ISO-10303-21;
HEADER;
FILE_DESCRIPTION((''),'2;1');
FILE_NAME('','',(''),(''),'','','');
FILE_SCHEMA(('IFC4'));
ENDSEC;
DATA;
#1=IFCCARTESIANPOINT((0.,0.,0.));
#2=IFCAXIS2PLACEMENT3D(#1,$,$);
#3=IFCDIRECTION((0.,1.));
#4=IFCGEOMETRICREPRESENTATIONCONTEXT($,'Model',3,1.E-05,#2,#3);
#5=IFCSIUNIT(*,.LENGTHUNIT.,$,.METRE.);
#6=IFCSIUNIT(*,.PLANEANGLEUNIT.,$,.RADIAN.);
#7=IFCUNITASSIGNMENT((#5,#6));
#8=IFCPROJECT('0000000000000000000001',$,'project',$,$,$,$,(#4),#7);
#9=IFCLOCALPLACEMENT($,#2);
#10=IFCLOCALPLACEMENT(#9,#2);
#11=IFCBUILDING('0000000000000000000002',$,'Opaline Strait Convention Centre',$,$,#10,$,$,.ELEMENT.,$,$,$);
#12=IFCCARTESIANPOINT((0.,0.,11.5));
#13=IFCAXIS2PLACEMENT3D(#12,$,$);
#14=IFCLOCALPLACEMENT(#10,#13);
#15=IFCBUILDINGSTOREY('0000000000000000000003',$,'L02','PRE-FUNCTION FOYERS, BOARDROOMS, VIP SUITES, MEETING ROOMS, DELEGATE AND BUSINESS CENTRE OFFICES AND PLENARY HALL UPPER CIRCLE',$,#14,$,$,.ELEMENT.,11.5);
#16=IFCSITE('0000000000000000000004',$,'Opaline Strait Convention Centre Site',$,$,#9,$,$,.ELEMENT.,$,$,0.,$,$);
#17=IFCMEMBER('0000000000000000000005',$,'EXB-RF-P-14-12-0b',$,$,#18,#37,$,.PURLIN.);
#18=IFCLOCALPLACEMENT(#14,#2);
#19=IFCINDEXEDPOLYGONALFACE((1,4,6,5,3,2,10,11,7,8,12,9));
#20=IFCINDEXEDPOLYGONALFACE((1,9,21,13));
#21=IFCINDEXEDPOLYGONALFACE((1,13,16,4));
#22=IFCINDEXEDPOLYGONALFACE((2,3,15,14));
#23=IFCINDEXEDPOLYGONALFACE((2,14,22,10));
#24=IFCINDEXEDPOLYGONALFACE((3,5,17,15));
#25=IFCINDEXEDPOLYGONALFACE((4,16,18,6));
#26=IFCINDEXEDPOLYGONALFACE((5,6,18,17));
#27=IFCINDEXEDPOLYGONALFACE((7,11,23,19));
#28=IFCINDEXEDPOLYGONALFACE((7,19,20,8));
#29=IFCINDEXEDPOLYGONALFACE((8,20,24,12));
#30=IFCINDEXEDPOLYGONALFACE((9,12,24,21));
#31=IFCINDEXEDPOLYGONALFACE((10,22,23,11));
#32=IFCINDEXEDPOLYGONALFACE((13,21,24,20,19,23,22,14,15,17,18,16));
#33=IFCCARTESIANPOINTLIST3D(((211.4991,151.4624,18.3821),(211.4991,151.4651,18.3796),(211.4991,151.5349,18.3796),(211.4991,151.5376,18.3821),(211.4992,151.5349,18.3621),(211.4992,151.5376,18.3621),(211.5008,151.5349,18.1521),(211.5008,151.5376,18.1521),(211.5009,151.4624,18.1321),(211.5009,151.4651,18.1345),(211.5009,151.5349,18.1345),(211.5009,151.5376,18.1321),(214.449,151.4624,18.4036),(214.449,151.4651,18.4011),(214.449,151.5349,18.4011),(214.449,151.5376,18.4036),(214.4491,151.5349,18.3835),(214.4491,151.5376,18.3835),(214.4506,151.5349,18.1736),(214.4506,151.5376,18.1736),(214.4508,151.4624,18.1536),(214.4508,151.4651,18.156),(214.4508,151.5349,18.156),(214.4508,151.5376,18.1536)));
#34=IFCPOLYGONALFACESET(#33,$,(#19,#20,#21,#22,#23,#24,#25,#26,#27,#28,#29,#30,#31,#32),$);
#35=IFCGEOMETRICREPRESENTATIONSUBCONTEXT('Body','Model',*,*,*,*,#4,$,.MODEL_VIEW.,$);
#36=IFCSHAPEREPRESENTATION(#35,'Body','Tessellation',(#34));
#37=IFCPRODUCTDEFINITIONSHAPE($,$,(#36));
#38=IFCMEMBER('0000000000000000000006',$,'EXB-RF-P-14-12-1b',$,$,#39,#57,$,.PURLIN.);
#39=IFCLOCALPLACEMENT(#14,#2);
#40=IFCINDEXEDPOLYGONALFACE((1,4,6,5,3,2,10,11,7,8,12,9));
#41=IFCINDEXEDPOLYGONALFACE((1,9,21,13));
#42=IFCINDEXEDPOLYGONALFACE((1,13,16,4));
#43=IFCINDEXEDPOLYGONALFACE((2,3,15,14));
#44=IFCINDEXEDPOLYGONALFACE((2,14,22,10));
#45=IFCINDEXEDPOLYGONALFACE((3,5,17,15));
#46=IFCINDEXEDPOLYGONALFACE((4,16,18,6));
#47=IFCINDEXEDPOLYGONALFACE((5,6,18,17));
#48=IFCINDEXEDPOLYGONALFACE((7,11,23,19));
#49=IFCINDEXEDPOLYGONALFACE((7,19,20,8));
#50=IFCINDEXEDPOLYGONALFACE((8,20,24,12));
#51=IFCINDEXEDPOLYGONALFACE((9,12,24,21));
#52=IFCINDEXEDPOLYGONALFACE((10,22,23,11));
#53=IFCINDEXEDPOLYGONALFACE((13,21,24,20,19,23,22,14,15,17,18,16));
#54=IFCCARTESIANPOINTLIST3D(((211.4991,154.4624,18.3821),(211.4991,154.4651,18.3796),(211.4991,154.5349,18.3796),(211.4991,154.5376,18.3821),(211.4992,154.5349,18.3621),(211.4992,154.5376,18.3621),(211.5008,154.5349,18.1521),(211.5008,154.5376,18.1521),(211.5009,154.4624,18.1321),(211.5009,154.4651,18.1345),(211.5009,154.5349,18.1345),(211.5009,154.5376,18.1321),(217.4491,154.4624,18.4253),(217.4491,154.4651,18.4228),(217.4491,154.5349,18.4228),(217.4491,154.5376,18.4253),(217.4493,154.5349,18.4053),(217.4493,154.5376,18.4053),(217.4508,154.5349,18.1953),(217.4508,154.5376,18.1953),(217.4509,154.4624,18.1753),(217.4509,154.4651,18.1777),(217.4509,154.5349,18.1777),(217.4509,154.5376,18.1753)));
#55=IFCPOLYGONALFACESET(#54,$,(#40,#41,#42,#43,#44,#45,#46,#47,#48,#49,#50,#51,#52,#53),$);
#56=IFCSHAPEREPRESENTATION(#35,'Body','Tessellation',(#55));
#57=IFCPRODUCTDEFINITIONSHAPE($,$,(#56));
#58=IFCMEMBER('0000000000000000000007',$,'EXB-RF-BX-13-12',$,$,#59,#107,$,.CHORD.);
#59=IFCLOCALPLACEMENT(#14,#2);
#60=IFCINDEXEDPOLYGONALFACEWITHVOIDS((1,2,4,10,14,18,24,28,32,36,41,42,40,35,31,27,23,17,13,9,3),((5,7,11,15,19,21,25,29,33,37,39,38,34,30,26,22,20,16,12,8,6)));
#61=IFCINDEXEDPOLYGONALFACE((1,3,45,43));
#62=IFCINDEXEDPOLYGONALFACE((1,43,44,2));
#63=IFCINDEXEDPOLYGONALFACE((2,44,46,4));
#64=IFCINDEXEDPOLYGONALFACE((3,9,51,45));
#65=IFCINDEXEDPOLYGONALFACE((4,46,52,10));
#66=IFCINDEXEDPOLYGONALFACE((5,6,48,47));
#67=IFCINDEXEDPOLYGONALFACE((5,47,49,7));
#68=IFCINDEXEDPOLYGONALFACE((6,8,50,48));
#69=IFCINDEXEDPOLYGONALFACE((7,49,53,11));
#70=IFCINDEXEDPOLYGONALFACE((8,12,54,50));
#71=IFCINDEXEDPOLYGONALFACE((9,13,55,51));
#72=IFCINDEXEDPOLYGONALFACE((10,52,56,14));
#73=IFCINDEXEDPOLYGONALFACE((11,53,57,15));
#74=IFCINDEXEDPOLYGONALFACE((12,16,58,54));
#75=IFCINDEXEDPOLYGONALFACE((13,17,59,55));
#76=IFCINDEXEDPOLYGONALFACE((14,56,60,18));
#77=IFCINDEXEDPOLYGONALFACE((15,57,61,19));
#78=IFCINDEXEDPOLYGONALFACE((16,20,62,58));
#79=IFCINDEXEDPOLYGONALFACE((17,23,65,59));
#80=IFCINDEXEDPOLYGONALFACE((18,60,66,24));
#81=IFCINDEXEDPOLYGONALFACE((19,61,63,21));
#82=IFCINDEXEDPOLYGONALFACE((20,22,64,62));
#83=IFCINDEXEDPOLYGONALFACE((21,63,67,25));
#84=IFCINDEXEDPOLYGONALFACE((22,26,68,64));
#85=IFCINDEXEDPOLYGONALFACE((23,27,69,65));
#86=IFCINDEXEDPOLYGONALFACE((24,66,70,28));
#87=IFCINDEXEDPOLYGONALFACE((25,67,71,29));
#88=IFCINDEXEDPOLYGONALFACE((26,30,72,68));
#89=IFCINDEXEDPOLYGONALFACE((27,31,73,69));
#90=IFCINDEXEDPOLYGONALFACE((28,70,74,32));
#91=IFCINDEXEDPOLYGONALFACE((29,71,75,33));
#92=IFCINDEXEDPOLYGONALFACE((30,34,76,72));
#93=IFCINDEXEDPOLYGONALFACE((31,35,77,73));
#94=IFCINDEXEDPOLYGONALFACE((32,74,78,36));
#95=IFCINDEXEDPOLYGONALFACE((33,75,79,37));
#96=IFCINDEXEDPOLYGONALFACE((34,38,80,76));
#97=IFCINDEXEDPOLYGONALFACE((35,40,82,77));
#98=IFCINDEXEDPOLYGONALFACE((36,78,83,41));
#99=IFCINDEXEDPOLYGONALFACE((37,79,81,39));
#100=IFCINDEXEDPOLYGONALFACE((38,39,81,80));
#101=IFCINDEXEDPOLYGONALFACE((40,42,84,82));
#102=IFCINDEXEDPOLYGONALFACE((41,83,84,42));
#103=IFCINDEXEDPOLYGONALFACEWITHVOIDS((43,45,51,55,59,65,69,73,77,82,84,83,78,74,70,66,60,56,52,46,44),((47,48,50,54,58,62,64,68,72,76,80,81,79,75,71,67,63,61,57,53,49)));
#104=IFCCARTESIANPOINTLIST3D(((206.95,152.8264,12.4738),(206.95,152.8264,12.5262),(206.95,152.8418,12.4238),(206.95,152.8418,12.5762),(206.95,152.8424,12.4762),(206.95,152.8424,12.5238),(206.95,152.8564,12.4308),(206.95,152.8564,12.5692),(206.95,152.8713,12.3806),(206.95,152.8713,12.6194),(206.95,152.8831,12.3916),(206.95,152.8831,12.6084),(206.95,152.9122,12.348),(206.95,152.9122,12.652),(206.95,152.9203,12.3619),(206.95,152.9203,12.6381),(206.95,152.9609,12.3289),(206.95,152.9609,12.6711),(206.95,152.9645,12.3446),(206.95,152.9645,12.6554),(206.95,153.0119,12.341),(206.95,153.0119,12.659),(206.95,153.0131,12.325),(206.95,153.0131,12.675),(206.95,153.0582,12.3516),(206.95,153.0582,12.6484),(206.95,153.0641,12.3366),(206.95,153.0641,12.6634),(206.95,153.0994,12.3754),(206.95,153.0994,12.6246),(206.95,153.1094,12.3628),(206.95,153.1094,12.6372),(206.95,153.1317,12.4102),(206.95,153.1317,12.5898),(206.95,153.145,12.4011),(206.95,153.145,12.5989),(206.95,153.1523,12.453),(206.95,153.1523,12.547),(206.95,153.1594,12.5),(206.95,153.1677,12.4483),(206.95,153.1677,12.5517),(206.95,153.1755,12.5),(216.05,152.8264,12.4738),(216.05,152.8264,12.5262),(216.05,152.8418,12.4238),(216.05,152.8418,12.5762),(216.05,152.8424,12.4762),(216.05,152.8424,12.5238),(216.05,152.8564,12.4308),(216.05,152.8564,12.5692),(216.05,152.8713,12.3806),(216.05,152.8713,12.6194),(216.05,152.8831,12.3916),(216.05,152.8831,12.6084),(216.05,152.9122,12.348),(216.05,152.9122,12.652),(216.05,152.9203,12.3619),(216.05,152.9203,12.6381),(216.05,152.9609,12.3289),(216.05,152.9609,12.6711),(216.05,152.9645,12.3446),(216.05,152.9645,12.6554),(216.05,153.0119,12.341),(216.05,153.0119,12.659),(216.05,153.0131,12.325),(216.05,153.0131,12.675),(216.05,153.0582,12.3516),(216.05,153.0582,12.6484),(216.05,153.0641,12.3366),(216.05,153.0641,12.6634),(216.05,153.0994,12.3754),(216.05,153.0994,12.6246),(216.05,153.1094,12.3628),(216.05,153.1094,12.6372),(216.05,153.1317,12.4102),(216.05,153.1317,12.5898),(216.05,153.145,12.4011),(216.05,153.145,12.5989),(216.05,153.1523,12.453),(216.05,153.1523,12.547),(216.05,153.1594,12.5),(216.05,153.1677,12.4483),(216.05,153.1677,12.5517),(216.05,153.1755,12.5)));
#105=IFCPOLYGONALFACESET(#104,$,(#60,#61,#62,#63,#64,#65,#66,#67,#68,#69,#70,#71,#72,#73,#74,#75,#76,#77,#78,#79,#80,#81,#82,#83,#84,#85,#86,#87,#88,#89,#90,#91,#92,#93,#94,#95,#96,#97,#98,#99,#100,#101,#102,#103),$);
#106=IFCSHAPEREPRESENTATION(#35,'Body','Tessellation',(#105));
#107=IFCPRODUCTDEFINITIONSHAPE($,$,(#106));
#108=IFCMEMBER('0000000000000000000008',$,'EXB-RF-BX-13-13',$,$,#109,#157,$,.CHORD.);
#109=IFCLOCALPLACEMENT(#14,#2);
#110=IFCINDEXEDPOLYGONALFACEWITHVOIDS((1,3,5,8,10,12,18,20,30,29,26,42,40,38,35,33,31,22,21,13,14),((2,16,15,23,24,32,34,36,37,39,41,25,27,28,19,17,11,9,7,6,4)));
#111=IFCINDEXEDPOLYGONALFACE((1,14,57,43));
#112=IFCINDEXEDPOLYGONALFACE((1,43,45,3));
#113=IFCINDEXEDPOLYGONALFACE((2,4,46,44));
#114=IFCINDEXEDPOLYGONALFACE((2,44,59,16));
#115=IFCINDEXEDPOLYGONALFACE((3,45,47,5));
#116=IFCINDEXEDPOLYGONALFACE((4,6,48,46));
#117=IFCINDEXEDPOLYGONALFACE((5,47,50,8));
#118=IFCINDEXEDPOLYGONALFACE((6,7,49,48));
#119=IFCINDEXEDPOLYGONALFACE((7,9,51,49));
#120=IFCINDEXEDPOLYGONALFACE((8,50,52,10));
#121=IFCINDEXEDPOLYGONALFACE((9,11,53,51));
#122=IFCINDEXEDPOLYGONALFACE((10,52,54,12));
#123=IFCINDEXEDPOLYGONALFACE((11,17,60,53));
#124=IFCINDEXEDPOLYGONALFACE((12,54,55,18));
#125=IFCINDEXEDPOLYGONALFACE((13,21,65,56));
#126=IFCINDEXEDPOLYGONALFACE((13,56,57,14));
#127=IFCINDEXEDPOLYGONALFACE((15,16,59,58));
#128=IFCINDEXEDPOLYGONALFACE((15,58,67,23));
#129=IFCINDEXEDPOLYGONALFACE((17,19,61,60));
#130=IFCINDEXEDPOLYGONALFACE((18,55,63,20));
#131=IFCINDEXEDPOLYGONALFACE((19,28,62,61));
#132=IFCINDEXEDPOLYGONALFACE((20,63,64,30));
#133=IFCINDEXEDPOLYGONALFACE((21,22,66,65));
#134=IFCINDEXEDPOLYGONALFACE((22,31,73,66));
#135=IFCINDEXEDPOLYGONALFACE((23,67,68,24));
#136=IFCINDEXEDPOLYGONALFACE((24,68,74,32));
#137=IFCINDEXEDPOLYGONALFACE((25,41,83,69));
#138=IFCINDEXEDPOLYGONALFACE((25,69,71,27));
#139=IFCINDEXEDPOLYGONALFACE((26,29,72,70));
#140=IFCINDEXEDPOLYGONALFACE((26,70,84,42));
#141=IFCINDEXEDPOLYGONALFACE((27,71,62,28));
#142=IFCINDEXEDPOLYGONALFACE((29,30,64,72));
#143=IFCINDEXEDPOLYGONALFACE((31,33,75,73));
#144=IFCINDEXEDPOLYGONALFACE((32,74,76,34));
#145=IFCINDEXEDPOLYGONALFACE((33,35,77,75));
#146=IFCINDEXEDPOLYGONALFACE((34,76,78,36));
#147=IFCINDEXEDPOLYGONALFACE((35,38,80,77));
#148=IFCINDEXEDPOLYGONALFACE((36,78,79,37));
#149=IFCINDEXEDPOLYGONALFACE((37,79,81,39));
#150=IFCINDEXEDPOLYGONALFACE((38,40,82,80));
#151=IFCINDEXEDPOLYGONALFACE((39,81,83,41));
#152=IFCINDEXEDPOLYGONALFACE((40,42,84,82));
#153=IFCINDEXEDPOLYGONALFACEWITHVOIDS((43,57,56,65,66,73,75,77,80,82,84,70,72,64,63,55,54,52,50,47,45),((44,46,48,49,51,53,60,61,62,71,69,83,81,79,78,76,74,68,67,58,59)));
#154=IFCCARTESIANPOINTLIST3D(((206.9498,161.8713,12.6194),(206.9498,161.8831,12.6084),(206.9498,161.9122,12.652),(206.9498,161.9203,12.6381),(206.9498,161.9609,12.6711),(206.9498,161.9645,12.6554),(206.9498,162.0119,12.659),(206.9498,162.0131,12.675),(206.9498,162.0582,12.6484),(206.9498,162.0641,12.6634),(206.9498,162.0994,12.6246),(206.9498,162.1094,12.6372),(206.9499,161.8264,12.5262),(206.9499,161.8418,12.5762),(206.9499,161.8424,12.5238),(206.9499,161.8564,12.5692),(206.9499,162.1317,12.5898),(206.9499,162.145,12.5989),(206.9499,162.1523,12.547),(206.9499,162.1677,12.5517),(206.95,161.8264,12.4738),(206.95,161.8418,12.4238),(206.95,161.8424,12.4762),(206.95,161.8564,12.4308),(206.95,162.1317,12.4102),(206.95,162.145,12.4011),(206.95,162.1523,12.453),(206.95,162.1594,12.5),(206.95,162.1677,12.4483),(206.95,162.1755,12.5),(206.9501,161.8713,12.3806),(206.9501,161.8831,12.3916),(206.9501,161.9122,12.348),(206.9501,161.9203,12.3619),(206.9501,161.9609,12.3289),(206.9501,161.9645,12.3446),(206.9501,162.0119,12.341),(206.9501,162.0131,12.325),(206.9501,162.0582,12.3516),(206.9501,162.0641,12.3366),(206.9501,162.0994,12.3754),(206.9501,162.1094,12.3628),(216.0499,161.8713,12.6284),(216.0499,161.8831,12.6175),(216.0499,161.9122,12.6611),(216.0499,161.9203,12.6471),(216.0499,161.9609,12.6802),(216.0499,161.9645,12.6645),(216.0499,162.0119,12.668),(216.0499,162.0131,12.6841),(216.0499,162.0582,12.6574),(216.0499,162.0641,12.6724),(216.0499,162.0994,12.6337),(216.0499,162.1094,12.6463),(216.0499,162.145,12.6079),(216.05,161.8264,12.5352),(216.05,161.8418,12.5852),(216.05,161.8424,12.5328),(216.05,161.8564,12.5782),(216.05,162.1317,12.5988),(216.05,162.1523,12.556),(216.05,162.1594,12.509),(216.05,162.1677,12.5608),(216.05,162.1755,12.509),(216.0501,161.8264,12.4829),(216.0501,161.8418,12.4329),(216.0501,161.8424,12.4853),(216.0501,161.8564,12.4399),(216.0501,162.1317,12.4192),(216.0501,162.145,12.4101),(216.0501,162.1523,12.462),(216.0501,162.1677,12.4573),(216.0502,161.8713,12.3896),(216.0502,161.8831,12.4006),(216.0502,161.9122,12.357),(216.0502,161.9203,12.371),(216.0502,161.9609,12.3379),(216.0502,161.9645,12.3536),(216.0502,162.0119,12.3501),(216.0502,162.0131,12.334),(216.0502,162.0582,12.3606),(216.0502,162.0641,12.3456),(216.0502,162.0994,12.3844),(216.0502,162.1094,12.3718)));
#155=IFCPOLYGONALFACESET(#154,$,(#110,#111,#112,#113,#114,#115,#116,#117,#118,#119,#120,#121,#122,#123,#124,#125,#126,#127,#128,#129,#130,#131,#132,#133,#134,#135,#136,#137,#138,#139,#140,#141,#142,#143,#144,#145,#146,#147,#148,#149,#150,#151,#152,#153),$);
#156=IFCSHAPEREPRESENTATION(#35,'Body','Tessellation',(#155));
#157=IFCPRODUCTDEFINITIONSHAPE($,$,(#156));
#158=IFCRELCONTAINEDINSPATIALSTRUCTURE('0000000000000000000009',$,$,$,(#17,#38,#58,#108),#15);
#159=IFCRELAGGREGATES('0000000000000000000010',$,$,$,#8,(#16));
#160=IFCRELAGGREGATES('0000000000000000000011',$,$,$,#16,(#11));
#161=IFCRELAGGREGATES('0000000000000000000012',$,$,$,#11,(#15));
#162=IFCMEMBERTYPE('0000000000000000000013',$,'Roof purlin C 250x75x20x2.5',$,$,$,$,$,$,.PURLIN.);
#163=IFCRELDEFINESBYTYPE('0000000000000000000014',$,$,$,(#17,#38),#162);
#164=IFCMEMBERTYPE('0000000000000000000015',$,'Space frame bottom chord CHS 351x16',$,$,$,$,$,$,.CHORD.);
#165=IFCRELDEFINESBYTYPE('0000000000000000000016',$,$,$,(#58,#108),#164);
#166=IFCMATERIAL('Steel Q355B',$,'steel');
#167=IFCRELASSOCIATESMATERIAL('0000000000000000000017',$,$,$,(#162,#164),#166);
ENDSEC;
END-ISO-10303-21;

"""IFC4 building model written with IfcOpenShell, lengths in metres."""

from ifc_helpers import new_model, si_unit, direction, frame, origin, origin_2d, place, context, subcontext, project, spatial, polyline, hollow_circle, outline, extrude, material, material_profile, profile_set, type_object, element, save


model = new_model("IFC4")

# Units and contexts
model_context = context("Model", 3, precision=1e-05, world=origin(), true_north=direction((0.0, 1.0)))
body_context = subcontext(model_context, "Body", "Model", "MODEL_VIEW")
ifc_project = project(units=[si_unit("LENGTHUNIT", "METRE"), si_unit("PLANEANGLEUNIT", "RADIAN")], contexts=[model_context])

# Site, building, storey
site_placement = place(None, origin())
site = spatial("IfcSite", under=ifc_project, at=site_placement, Name="Opaline Strait Convention Centre Site", CompositionType="ELEMENT", RefElevation=0.0)
building_placement = place(site_placement, origin())
building = spatial("IfcBuilding", under=site, at=building_placement, Name="Opaline Strait Convention Centre", CompositionType="ELEMENT")
storey_placement = place(building_placement, frame((0.0, 0.0, 11.5)))
storey = spatial("IfcBuildingStorey", under=building, at=storey_placement, Name="L02", Description="PRE-FUNCTION FOYERS, BOARDROOMS, VIP SUITES, MEETING ROOMS, DELEGATE AND BUSINESS CENTRE OFFICES AND PLENARY HALL UPPER CIRCLE", CompositionType="ELEMENT", Elevation=11.5)

# Members
ifc_material_1 = material(Name="Steel Q355B", Category="steel")
ifc_material_profile_1 = material_profile(ifc_material_1, outline(polyline([(-0.0376, -0.125), (0.0376, -0.125), (0.0376, -0.105), (0.0349, -0.105), (0.0349, -0.1226), (-0.0349, -0.1226), (-0.0349, 0.1226), (0.0349, 0.1226), (0.0349, 0.105), (0.0376, 0.105), (0.0376, 0.125), (-0.0376, 0.125), (-0.0376, -0.125)])), Name="C 250x75x20x2.5")
ifc_profile_set_1 = profile_set([ifc_material_profile_1], Name="Steel Q355B")
member_type_1 = type_object("IfcMemberType", Name="Roof purlin C 250x75x20x2.5", PredefinedType="PURLIN", material=ifc_profile_set_1)
member_1_placement = place(storey_placement, frame((211.5, 151.5, 18.2571), z_axis=(0.999973, 0.0, 0.007283), x_axis=(0.0, 1.0, 0.0)))
element("IfcMember", 1, at=member_1_placement, inside=storey, type_object=member_type_1, Name="EXB-RF-P-14-12-0b", PredefinedType="PURLIN", context=body_context, shape_type="SweptSolid", body=[
    extrude(outline(polyline([(-0.0376, -0.125), (0.0376, -0.125), (0.0376, -0.105), (0.0349, -0.105), (0.0349, -0.1226), (-0.0349, -0.1226), (-0.0349, 0.1226), (0.0349, 0.1226), (0.0349, 0.105), (0.0376, 0.105), (0.0376, 0.125), (-0.0376, 0.125), (-0.0376, -0.125)])), origin(), (0.0, 0.0, 1.0), 2.95),
])
member_2_placement = place(storey_placement, frame((211.5, 154.5, 18.2571), z_axis=(0.999974, 0.0, 0.007263), x_axis=(0.0, 1.0, 0.0)))
element("IfcMember", 2, at=member_2_placement, inside=storey, type_object=member_type_1, Name="EXB-RF-P-14-12-1b", PredefinedType="PURLIN", context=body_context, shape_type="SweptSolid", body=[
    extrude(outline(polyline([(-0.0376, -0.125), (0.0376, -0.125), (0.0376, -0.105), (0.0349, -0.105), (0.0349, -0.1226), (-0.0349, -0.1226), (-0.0349, 0.1226), (0.0349, 0.1226), (0.0349, 0.105), (0.0376, 0.105), (0.0376, 0.125), (-0.0376, 0.125), (-0.0376, -0.125)])), origin(), (0.0, 0.0, 1.0), 5.9502),
])
ifc_material_profile_2 = material_profile(ifc_material_1, hollow_circle(Radius=0.1755, WallThickness=0.0161, at=origin_2d()), Name="CHS 351x16")
ifc_profile_set_2 = profile_set([ifc_material_profile_2], Name="Steel Q355B")
member_type_2 = type_object("IfcMemberType", Name="Space frame bottom chord CHS 351x16", PredefinedType="CHORD", material=ifc_profile_set_2)
for number, where, z_axis, x_axis, name in (
    (3, (206.95, 153.0, 12.5), (1.0, 0.0, 0.0), (0.0, 1.0, 0.0), "EXB-RF-BX-13-12"),
    (4, (206.95, 162.0, 12.5), (1.0, 0.0, 0.000993), (0.0, 1.0, 0.0), "EXB-RF-BX-13-13"),
):
    element("IfcMember", number, at=place(storey_placement, frame(where, z_axis=z_axis, x_axis=x_axis)), inside=storey, type_object=member_type_2, Name=name, PredefinedType="CHORD", context=body_context, shape_type="SweptSolid", body=[
        extrude(hollow_circle(Radius=0.1755, WallThickness=0.0161, at=origin_2d()), origin(), (0.0, 0.0, 1.0), 9.1001),
    ])

save(model, "model.ifc")
